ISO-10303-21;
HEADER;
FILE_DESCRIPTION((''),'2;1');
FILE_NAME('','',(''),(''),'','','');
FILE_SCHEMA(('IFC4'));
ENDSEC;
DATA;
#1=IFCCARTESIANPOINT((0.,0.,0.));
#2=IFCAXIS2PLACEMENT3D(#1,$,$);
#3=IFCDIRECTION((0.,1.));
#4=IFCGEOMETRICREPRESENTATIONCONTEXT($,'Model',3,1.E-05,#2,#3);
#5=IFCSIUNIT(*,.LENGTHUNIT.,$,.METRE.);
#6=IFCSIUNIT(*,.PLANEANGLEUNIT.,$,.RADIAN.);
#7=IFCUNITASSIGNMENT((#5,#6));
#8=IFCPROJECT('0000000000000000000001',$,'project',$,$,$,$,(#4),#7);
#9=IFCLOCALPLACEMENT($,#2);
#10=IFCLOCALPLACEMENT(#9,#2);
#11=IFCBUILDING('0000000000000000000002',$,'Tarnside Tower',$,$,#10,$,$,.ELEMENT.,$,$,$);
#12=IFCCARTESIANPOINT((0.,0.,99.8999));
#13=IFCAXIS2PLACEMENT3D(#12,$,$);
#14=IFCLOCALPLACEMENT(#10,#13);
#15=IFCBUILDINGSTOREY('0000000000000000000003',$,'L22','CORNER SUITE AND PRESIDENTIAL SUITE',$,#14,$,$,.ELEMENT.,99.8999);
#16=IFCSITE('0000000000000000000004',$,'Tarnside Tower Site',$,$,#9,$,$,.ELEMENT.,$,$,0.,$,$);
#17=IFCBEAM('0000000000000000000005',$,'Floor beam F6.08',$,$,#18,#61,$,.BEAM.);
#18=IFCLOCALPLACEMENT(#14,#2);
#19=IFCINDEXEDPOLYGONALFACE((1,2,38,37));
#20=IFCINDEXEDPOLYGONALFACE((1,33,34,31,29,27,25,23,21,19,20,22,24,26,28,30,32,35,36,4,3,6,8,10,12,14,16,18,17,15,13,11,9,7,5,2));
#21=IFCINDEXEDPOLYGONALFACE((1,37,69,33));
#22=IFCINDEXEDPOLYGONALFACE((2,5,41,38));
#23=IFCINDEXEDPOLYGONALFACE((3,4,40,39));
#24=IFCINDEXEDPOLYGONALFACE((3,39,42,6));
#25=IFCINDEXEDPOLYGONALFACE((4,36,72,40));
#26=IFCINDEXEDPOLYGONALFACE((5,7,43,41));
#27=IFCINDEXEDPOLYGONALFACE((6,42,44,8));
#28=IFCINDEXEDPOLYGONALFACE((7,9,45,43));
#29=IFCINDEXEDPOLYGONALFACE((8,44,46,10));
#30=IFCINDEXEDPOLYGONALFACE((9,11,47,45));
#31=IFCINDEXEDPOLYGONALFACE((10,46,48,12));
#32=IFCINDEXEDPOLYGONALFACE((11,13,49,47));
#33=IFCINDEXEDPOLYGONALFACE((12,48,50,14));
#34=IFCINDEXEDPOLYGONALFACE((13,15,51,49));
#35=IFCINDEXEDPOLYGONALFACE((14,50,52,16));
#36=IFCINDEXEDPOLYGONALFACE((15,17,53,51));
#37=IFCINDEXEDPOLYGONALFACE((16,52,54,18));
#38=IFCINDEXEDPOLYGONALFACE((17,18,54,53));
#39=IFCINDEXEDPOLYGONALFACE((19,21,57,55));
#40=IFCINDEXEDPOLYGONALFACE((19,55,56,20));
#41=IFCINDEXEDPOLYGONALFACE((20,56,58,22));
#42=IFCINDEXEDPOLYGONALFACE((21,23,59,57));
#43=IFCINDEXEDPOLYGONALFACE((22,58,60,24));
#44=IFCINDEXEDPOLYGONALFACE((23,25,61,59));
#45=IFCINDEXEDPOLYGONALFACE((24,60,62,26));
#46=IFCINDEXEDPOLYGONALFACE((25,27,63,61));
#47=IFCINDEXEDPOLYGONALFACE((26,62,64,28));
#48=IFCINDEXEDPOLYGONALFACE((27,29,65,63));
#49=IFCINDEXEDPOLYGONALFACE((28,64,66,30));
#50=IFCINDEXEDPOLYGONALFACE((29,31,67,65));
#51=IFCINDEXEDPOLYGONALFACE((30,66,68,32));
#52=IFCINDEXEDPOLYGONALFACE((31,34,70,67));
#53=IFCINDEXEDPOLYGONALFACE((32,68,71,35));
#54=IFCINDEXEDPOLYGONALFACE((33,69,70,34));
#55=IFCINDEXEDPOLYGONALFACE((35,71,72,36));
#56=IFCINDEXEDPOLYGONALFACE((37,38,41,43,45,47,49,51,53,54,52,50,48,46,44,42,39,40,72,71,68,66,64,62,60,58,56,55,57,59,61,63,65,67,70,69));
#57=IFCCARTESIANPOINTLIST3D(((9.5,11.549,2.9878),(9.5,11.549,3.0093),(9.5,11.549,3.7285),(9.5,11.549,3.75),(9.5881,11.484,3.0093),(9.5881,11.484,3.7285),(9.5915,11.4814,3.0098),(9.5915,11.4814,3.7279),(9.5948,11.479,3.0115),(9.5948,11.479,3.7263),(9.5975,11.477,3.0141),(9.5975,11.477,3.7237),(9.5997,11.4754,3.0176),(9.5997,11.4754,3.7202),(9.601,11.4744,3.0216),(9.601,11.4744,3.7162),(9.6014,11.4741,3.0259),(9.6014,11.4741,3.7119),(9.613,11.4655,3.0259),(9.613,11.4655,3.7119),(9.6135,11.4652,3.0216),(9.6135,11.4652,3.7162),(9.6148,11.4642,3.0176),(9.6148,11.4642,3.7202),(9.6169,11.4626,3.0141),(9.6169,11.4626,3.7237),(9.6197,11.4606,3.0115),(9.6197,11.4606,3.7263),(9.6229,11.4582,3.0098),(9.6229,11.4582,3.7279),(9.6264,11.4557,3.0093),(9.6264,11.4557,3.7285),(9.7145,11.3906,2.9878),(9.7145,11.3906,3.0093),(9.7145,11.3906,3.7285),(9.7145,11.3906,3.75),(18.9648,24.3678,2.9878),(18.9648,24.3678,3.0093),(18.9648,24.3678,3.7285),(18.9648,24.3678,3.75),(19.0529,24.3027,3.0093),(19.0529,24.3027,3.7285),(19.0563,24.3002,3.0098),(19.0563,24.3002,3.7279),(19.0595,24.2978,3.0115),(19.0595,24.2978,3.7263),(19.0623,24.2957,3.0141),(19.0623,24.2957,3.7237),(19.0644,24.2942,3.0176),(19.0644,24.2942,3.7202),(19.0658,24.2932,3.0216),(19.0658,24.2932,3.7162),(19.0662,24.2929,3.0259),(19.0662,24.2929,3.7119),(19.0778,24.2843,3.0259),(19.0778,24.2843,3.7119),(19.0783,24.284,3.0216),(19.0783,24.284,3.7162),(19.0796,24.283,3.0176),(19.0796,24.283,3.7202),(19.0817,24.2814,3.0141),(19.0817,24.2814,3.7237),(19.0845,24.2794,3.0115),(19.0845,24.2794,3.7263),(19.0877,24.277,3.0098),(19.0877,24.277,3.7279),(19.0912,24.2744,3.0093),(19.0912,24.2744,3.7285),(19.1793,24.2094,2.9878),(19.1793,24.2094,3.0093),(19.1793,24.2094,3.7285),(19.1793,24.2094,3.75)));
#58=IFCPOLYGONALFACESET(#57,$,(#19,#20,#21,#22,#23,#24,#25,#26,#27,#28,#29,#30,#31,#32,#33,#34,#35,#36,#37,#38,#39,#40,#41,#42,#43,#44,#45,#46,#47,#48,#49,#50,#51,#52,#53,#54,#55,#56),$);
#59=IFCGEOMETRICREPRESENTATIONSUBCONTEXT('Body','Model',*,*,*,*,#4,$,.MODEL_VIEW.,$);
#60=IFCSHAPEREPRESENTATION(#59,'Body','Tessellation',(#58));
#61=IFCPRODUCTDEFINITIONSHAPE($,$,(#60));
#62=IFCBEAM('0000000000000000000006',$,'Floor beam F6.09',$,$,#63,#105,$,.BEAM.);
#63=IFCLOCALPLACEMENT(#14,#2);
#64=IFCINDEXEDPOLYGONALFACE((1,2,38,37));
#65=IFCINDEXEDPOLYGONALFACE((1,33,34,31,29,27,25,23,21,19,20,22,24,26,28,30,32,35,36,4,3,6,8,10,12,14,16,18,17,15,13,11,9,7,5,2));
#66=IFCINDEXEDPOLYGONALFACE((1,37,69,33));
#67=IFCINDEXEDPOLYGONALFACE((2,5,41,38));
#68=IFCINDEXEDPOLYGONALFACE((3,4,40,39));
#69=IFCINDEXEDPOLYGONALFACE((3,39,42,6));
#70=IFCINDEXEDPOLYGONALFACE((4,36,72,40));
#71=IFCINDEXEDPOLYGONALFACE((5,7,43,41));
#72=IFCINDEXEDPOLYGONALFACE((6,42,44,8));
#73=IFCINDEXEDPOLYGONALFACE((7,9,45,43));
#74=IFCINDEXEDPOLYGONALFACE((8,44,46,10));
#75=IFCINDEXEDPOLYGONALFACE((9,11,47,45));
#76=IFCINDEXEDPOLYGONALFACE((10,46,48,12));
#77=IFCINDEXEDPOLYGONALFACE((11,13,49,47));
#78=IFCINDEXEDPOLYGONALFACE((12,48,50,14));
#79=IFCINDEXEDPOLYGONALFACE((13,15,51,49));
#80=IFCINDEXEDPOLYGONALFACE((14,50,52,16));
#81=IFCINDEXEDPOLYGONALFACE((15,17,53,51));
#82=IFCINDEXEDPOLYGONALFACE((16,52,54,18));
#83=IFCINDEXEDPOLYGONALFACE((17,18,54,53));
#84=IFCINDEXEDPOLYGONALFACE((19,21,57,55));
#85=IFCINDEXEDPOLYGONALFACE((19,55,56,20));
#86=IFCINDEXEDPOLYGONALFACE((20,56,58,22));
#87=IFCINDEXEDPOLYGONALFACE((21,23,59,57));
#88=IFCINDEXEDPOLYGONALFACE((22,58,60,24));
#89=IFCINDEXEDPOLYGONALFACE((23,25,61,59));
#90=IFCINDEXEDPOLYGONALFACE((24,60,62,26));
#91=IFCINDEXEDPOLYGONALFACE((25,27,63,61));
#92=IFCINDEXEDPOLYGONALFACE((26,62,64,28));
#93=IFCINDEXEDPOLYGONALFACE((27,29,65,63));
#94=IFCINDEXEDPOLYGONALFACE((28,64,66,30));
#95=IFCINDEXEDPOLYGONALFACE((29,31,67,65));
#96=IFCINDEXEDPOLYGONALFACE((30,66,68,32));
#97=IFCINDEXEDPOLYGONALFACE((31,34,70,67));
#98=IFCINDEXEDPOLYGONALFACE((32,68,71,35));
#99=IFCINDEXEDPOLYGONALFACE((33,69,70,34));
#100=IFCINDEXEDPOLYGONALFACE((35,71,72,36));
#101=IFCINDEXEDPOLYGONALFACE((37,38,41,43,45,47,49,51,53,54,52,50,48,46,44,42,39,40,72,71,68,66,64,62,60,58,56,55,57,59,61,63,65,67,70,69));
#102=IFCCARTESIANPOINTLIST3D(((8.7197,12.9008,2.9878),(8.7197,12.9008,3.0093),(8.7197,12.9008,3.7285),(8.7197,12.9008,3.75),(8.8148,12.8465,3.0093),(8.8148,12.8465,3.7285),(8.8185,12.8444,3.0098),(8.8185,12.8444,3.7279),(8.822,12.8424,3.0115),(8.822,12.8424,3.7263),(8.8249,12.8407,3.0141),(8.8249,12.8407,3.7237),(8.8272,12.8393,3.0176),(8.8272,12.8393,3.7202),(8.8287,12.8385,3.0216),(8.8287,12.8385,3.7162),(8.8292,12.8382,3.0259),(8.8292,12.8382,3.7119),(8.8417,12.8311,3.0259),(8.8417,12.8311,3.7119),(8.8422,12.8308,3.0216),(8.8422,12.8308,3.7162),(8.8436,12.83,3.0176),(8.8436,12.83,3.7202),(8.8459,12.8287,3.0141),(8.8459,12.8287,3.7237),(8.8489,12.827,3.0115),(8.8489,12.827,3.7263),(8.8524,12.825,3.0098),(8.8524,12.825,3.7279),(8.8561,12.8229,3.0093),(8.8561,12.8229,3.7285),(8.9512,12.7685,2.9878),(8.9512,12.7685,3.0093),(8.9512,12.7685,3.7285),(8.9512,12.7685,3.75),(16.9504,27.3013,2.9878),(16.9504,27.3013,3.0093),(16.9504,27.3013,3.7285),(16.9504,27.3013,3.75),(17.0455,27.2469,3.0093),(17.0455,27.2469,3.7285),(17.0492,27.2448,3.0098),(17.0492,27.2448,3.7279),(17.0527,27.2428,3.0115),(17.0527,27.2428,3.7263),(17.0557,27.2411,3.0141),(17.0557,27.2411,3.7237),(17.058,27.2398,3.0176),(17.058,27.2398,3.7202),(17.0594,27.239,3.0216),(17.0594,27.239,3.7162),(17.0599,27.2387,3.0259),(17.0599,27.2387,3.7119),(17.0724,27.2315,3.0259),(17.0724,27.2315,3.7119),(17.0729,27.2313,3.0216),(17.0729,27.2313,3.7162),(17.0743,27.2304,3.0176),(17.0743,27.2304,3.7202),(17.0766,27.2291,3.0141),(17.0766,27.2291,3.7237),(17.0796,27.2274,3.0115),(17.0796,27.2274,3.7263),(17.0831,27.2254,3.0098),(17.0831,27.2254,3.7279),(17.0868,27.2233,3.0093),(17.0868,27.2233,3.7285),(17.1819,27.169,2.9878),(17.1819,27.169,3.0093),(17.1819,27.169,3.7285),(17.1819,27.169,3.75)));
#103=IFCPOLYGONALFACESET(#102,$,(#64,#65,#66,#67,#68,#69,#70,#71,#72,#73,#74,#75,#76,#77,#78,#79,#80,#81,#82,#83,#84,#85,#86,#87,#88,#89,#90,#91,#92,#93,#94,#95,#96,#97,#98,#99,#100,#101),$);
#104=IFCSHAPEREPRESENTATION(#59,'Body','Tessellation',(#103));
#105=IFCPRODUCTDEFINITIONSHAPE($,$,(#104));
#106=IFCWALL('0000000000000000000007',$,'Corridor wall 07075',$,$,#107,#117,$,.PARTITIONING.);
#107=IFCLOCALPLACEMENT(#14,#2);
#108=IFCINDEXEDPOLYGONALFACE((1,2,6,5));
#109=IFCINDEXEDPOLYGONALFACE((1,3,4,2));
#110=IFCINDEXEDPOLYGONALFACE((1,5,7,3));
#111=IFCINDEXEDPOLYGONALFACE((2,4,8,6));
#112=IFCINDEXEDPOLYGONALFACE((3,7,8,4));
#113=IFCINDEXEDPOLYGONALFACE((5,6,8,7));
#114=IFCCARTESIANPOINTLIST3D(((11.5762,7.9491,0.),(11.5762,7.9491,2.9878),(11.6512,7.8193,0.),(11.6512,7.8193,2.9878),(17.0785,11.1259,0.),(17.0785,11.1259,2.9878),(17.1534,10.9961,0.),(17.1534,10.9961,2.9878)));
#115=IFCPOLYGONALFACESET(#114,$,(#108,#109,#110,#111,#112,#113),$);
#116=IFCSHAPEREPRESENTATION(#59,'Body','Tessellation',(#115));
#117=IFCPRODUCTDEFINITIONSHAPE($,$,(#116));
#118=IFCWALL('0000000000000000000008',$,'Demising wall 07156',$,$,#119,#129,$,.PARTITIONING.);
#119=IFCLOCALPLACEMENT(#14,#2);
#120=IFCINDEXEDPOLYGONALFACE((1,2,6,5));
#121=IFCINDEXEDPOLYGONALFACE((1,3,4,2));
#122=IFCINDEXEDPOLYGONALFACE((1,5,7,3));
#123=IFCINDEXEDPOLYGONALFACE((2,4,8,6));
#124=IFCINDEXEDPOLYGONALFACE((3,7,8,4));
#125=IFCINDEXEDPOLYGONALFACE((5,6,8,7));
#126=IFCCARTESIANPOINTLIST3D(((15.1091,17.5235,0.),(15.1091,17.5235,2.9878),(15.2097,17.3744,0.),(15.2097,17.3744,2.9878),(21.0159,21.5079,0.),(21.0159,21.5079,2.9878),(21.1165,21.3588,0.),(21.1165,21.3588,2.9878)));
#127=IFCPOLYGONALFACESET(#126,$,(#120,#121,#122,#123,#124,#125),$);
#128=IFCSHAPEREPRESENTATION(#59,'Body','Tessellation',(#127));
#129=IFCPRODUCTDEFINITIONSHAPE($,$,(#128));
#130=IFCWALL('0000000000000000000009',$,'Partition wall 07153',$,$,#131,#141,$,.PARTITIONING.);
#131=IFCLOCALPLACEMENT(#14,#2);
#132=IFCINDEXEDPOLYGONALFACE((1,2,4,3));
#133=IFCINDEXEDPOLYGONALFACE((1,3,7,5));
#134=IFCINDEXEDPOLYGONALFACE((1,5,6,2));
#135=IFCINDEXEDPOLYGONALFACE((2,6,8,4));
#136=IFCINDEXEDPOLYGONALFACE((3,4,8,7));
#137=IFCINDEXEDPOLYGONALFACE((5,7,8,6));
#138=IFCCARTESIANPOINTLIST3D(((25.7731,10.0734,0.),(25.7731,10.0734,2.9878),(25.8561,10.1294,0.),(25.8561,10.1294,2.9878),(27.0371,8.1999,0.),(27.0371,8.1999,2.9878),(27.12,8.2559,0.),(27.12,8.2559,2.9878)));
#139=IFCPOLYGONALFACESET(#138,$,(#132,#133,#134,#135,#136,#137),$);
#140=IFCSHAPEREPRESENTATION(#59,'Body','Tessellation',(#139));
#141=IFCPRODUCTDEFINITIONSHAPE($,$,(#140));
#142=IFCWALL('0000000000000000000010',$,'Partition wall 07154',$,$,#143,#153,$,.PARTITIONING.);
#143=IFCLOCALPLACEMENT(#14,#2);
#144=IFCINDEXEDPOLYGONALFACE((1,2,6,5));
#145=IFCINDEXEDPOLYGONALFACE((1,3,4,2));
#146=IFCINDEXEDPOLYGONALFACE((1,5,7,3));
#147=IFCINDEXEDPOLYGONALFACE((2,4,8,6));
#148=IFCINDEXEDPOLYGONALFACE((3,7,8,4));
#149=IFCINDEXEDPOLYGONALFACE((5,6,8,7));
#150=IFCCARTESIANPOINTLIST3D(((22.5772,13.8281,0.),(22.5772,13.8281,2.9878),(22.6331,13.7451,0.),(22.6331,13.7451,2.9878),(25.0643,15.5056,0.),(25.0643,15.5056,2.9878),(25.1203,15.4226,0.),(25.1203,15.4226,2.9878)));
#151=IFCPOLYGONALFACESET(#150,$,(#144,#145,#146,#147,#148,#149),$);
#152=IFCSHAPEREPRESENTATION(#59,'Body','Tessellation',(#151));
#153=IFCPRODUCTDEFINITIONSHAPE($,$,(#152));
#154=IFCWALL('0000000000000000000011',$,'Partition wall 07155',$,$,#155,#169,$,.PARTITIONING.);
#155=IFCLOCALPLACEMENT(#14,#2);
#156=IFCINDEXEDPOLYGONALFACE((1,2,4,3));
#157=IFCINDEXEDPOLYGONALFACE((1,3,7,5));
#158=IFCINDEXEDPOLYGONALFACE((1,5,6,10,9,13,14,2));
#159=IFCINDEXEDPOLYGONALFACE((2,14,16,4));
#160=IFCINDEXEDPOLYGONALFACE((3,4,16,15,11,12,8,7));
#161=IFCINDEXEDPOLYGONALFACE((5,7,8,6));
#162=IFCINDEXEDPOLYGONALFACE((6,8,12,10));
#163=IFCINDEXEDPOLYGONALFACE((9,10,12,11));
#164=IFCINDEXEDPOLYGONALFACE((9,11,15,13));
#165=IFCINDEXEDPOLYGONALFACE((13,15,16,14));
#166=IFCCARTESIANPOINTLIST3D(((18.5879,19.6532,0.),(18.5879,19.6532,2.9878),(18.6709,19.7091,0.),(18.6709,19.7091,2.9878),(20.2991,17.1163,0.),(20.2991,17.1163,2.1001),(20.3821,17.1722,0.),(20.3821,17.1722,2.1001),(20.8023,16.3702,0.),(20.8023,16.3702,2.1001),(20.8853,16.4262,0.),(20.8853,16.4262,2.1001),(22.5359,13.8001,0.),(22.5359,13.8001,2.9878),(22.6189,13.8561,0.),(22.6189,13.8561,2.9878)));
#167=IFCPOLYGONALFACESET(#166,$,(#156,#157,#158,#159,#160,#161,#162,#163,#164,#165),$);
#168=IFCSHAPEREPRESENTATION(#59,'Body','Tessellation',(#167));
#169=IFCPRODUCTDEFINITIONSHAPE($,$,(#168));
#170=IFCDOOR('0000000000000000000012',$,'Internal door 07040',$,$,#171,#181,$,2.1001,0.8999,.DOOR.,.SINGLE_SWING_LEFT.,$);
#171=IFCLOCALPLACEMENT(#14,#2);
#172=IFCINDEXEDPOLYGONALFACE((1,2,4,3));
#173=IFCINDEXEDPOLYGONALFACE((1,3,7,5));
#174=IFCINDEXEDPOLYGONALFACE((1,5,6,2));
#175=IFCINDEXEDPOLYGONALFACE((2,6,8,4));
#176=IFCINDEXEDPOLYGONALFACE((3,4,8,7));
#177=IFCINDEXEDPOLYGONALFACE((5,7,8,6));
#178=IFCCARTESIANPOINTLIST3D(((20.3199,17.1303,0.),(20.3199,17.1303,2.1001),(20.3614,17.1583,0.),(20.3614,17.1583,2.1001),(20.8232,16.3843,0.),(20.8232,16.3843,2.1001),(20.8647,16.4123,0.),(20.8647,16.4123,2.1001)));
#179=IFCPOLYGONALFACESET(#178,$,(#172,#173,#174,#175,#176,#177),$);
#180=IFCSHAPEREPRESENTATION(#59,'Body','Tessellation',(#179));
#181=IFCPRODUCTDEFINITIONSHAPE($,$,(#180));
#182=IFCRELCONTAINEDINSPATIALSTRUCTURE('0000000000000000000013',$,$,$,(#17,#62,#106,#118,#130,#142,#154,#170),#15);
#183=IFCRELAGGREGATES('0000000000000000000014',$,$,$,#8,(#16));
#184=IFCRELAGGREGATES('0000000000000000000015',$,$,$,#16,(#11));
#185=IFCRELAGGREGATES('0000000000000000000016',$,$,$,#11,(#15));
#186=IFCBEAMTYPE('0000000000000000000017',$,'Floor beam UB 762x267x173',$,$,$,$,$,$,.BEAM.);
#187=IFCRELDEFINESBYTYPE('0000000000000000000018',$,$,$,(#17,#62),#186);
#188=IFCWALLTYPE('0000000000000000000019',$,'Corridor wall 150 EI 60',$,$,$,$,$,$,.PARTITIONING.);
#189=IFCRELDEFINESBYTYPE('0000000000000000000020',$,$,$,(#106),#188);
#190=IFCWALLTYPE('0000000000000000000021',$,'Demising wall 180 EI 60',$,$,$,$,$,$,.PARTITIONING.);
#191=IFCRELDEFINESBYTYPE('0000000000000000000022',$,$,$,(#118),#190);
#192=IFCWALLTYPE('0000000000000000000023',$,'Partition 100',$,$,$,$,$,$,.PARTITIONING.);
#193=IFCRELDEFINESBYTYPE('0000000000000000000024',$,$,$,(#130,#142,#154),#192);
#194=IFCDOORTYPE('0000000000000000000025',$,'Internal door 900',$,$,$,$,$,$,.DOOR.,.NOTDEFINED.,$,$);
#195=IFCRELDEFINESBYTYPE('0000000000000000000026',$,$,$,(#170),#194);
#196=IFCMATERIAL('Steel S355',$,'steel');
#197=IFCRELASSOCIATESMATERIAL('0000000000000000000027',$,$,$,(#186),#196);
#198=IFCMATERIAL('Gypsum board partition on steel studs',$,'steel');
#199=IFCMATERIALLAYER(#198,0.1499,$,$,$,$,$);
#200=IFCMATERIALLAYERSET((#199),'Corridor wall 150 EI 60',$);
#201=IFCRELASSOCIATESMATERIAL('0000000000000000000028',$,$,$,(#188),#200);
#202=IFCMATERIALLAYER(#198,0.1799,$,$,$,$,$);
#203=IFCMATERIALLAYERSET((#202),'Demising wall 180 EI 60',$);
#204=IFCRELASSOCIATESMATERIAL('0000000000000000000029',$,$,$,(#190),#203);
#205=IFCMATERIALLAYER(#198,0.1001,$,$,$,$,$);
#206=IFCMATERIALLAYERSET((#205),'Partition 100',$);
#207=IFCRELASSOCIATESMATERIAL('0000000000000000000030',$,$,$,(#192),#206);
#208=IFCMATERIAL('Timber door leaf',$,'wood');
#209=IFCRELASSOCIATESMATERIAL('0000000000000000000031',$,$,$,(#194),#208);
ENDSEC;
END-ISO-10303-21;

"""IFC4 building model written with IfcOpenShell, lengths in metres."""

from ifc_helpers import new_model, si_unit, direction, frame, frame_2d, origin, origin_2d, place, context, subcontext, project, spatial, rectangle, i_section, extrude, material, layer, layer_set, material_profile, profile_set, type_object, element, fill, save


model = new_model("IFC4")

# Units and contexts
model_context = context("Model", 3, precision=1e-05, world=origin(), true_north=direction((0.0, 1.0)))
body_context = subcontext(model_context, "Body", "Model", "MODEL_VIEW")
ifc_project = project(units=[si_unit("LENGTHUNIT", "METRE"), si_unit("PLANEANGLEUNIT", "RADIAN")], contexts=[model_context])

# Site, building, storey
site_placement = place(None, origin())
site = spatial("IfcSite", under=ifc_project, at=site_placement, Name="Tarnside Tower Site", CompositionType="ELEMENT", RefElevation=0.0)
building_placement = place(site_placement, origin())
building = spatial("IfcBuilding", under=site, at=building_placement, Name="Tarnside Tower", CompositionType="ELEMENT")
storey_placement = place(building_placement, frame((0.0, 0.0, 99.8999)))
storey = spatial("IfcBuildingStorey", under=building, at=storey_placement, Name="L22", Description="CORNER SUITE AND PRESIDENTIAL SUITE", CompositionType="ELEMENT", Elevation=99.8999)

# Beams
ifc_material_1 = material(Name="Steel S355", Category="steel")
ifc_material_profile_1 = material_profile(ifc_material_1, i_section(OverallWidth=0.2666, OverallDepth=0.7622, WebThickness=0.0144, FlangeThickness=0.0215, FilletRadius=0.0166, at=origin_2d()), Name="UB 762x267x173")
ifc_profile_set_1 = profile_set([ifc_material_profile_1], Name="Steel S355")
beam_type_1 = type_object("IfcBeamType", Name="Floor beam UB 762x267x173", PredefinedType="BEAM", material=ifc_profile_set_1)
beam_1_placement = place(storey_placement, frame((19.072, 24.2886, 3.3689), z_axis=(-0.593987, -0.804475, 0.0), x_axis=(0.804475, -0.593987, 0.0)))
element("IfcBeam", 1, at=beam_1_placement, inside=storey, type_object=beam_type_1, Name="Floor beam F6.08", PredefinedType="BEAM", context=body_context, shape_type="SweptSolid", body=[
    extrude(i_section(OverallWidth=0.2666, OverallDepth=0.7622, WebThickness=0.0144, FlangeThickness=0.0215, FilletRadius=0.0166, at=origin_2d()), origin(), (0.0, 0.0, 1.0), 15.9343),
])
beam_2_placement = place(storey_placement, frame((17.0662, 27.2351, 3.3689), z_axis=(-0.496226, -0.868193, 0.0), x_axis=(0.868193, -0.496226, 0.0)))
element("IfcBeam", 2, at=beam_2_placement, inside=storey, type_object=beam_type_1, Name="Floor beam F6.09", PredefinedType="BEAM", context=body_context, shape_type="SweptSolid", body=[
    extrude(i_section(OverallWidth=0.2666, OverallDepth=0.7622, WebThickness=0.0144, FlangeThickness=0.0215, FilletRadius=0.0166, at=origin_2d()), origin(), (0.0, 0.0, 1.0), 16.5867),
])

# Walls
ifc_material_2 = material(Name="Gypsum board partition on steel studs", Category="steel")
ifc_layer_1 = layer(ifc_material_2, 0.1499)
ifc_layer_set_1 = layer_set([ifc_layer_1], Name="Corridor wall 150 EI 60")
wall_type_1 = type_object("IfcWallType", Name="Corridor wall 150 EI 60", PredefinedType="PARTITIONING", material=ifc_layer_set_1)
wall_1_placement = place(storey_placement, frame((17.116, 11.061, 0.0), z_axis=(0.0, 0.0, 1.0), x_axis=(-0.866021, -0.500007, 0.0)))
element("IfcWall", 3, at=wall_1_placement, inside=storey, type_object=wall_type_1, Name="Corridor wall 07075", PredefinedType="PARTITIONING", context=body_context, shape_type="SweptSolid", body=[
    extrude(rectangle(XDim=6.3535, YDim=0.1499, at=frame_2d((3.1768, 0.0))), origin(), (0.0, 0.0, 1.0), 2.9878),
])
ifc_layer_2 = layer(ifc_material_2, 0.1799)
ifc_layer_set_2 = layer_set([ifc_layer_2], Name="Demising wall 180 EI 60")
wall_type_2 = type_object("IfcWallType", Name="Demising wall 180 EI 60", PredefinedType="PARTITIONING", material=ifc_layer_set_2)
wall_2_placement = place(storey_placement, frame((21.0662, 21.4333, 0.0), z_axis=(0.0, 0.0, 1.0), x_axis=(-0.829023, -0.559215, 0.0)))
element("IfcWall", 4, at=wall_2_placement, inside=storey, type_object=wall_type_2, Name="Demising wall 07156", PredefinedType="PARTITIONING", context=body_context, shape_type="SweptSolid", body=[
    extrude(rectangle(XDim=7.125, YDim=0.1799, at=frame_2d((3.5625, 0.0))), origin(), (0.0, 0.0, 1.0), 2.9878),
])
ifc_layer_3 = layer(ifc_material_2, 0.1001)
ifc_layer_set_3 = layer_set([ifc_layer_3], Name="Partition 100")
wall_type_3 = type_object("IfcWallType", Name="Partition 100", PredefinedType="PARTITIONING", material=ifc_layer_set_3)
wall_3_placement = place(storey_placement, frame((25.8147, 10.1013, 0.0), z_axis=(0.0, 0.0, 1.0), x_axis=(0.559254, -0.828996, 0.0)))
element("IfcWall", 5, at=wall_3_placement, inside=storey, type_object=wall_type_3, Name="Partition wall 07153", PredefinedType="PARTITIONING", context=body_context, shape_type="SweptSolid", body=[
    extrude(rectangle(XDim=2.26, YDim=0.1001, at=frame_2d((1.1299, 0.0))), origin(), (0.0, 0.0, 1.0), 2.9878),
])
wall_4_placement = place(storey_placement, frame((25.0923, 15.4641, 0.0), z_axis=(0.0, 0.0, 1.0), x_axis=(-0.829046, -0.559181, 0.0)))
element("IfcWall", 6, at=wall_4_placement, inside=storey, type_object=wall_type_3, Name="Partition wall 07154", PredefinedType="PARTITIONING", context=body_context, shape_type="SweptSolid", body=[
    extrude(rectangle(XDim=3.0, YDim=0.1001, at=frame_2d((1.5, 0.0))), origin(), (0.0, 0.0, 1.0), 2.9878),
])

# Wall, opening, door
wall_5_placement = place(storey_placement, frame((22.5774, 13.8281, 0.0), z_axis=(0.0, 0.0, 1.0), x_axis=(-0.559201, 0.829032, 0.0)))
wall_5 = element("IfcWall", 7, at=wall_5_placement, inside=storey, type_object=wall_type_3, Name="Partition wall 07155", PredefinedType="PARTITIONING", context=body_context, shape_type="SweptSolid", body=[
    extrude(rectangle(XDim=7.0601, YDim=0.1001, at=frame_2d((3.53, 0.0))), origin(), (0.0, 0.0, 1.0), 2.9878),
])
opening_placement = place(wall_5_placement, frame((3.1001, 0.0, 0.0)))
opening = element("IfcOpeningElement", 8, at=opening_placement, cuts=wall_5, PredefinedType="OPENING", context=body_context, shape_type="SweptSolid", body=[
    extrude(rectangle(XDim=0.8999, YDim=2.1001, at=frame_2d((0.45, 1.05))), frame((0.0, 0.0601, 0.0), z_axis=(0.0, -1.0, 0.0), x_axis=(1.0, 0.0, 0.0)), (0.0, 0.0, 1.0), 0.1201),
])
ifc_material_3 = material(Name="Timber door leaf", Category="wood")
door_type = type_object("IfcDoorType", Name="Internal door 900", OperationType="NOTDEFINED", PredefinedType="DOOR", material=ifc_material_3)
door_placement = place(opening_placement, origin())
door = element("IfcDoor", 9, at=door_placement, inside=storey, type_object=door_type, Name="Internal door 07040", OperationType="SINGLE_SWING_LEFT", OverallHeight=2.1001, OverallWidth=0.8999, PredefinedType="DOOR", context=body_context, shape_type="SweptSolid", body=[
    extrude(rectangle(XDim=0.8999, YDim=2.1001, at=frame_2d((0.45, 1.05))), frame((0.0, 0.0249, 0.0), z_axis=(0.0, -1.0, 0.0), x_axis=(1.0, 0.0, 0.0)), (0.0, 0.0, 1.0), 0.05),
])
fill(opening, door)

save(model, "model.ifc")
